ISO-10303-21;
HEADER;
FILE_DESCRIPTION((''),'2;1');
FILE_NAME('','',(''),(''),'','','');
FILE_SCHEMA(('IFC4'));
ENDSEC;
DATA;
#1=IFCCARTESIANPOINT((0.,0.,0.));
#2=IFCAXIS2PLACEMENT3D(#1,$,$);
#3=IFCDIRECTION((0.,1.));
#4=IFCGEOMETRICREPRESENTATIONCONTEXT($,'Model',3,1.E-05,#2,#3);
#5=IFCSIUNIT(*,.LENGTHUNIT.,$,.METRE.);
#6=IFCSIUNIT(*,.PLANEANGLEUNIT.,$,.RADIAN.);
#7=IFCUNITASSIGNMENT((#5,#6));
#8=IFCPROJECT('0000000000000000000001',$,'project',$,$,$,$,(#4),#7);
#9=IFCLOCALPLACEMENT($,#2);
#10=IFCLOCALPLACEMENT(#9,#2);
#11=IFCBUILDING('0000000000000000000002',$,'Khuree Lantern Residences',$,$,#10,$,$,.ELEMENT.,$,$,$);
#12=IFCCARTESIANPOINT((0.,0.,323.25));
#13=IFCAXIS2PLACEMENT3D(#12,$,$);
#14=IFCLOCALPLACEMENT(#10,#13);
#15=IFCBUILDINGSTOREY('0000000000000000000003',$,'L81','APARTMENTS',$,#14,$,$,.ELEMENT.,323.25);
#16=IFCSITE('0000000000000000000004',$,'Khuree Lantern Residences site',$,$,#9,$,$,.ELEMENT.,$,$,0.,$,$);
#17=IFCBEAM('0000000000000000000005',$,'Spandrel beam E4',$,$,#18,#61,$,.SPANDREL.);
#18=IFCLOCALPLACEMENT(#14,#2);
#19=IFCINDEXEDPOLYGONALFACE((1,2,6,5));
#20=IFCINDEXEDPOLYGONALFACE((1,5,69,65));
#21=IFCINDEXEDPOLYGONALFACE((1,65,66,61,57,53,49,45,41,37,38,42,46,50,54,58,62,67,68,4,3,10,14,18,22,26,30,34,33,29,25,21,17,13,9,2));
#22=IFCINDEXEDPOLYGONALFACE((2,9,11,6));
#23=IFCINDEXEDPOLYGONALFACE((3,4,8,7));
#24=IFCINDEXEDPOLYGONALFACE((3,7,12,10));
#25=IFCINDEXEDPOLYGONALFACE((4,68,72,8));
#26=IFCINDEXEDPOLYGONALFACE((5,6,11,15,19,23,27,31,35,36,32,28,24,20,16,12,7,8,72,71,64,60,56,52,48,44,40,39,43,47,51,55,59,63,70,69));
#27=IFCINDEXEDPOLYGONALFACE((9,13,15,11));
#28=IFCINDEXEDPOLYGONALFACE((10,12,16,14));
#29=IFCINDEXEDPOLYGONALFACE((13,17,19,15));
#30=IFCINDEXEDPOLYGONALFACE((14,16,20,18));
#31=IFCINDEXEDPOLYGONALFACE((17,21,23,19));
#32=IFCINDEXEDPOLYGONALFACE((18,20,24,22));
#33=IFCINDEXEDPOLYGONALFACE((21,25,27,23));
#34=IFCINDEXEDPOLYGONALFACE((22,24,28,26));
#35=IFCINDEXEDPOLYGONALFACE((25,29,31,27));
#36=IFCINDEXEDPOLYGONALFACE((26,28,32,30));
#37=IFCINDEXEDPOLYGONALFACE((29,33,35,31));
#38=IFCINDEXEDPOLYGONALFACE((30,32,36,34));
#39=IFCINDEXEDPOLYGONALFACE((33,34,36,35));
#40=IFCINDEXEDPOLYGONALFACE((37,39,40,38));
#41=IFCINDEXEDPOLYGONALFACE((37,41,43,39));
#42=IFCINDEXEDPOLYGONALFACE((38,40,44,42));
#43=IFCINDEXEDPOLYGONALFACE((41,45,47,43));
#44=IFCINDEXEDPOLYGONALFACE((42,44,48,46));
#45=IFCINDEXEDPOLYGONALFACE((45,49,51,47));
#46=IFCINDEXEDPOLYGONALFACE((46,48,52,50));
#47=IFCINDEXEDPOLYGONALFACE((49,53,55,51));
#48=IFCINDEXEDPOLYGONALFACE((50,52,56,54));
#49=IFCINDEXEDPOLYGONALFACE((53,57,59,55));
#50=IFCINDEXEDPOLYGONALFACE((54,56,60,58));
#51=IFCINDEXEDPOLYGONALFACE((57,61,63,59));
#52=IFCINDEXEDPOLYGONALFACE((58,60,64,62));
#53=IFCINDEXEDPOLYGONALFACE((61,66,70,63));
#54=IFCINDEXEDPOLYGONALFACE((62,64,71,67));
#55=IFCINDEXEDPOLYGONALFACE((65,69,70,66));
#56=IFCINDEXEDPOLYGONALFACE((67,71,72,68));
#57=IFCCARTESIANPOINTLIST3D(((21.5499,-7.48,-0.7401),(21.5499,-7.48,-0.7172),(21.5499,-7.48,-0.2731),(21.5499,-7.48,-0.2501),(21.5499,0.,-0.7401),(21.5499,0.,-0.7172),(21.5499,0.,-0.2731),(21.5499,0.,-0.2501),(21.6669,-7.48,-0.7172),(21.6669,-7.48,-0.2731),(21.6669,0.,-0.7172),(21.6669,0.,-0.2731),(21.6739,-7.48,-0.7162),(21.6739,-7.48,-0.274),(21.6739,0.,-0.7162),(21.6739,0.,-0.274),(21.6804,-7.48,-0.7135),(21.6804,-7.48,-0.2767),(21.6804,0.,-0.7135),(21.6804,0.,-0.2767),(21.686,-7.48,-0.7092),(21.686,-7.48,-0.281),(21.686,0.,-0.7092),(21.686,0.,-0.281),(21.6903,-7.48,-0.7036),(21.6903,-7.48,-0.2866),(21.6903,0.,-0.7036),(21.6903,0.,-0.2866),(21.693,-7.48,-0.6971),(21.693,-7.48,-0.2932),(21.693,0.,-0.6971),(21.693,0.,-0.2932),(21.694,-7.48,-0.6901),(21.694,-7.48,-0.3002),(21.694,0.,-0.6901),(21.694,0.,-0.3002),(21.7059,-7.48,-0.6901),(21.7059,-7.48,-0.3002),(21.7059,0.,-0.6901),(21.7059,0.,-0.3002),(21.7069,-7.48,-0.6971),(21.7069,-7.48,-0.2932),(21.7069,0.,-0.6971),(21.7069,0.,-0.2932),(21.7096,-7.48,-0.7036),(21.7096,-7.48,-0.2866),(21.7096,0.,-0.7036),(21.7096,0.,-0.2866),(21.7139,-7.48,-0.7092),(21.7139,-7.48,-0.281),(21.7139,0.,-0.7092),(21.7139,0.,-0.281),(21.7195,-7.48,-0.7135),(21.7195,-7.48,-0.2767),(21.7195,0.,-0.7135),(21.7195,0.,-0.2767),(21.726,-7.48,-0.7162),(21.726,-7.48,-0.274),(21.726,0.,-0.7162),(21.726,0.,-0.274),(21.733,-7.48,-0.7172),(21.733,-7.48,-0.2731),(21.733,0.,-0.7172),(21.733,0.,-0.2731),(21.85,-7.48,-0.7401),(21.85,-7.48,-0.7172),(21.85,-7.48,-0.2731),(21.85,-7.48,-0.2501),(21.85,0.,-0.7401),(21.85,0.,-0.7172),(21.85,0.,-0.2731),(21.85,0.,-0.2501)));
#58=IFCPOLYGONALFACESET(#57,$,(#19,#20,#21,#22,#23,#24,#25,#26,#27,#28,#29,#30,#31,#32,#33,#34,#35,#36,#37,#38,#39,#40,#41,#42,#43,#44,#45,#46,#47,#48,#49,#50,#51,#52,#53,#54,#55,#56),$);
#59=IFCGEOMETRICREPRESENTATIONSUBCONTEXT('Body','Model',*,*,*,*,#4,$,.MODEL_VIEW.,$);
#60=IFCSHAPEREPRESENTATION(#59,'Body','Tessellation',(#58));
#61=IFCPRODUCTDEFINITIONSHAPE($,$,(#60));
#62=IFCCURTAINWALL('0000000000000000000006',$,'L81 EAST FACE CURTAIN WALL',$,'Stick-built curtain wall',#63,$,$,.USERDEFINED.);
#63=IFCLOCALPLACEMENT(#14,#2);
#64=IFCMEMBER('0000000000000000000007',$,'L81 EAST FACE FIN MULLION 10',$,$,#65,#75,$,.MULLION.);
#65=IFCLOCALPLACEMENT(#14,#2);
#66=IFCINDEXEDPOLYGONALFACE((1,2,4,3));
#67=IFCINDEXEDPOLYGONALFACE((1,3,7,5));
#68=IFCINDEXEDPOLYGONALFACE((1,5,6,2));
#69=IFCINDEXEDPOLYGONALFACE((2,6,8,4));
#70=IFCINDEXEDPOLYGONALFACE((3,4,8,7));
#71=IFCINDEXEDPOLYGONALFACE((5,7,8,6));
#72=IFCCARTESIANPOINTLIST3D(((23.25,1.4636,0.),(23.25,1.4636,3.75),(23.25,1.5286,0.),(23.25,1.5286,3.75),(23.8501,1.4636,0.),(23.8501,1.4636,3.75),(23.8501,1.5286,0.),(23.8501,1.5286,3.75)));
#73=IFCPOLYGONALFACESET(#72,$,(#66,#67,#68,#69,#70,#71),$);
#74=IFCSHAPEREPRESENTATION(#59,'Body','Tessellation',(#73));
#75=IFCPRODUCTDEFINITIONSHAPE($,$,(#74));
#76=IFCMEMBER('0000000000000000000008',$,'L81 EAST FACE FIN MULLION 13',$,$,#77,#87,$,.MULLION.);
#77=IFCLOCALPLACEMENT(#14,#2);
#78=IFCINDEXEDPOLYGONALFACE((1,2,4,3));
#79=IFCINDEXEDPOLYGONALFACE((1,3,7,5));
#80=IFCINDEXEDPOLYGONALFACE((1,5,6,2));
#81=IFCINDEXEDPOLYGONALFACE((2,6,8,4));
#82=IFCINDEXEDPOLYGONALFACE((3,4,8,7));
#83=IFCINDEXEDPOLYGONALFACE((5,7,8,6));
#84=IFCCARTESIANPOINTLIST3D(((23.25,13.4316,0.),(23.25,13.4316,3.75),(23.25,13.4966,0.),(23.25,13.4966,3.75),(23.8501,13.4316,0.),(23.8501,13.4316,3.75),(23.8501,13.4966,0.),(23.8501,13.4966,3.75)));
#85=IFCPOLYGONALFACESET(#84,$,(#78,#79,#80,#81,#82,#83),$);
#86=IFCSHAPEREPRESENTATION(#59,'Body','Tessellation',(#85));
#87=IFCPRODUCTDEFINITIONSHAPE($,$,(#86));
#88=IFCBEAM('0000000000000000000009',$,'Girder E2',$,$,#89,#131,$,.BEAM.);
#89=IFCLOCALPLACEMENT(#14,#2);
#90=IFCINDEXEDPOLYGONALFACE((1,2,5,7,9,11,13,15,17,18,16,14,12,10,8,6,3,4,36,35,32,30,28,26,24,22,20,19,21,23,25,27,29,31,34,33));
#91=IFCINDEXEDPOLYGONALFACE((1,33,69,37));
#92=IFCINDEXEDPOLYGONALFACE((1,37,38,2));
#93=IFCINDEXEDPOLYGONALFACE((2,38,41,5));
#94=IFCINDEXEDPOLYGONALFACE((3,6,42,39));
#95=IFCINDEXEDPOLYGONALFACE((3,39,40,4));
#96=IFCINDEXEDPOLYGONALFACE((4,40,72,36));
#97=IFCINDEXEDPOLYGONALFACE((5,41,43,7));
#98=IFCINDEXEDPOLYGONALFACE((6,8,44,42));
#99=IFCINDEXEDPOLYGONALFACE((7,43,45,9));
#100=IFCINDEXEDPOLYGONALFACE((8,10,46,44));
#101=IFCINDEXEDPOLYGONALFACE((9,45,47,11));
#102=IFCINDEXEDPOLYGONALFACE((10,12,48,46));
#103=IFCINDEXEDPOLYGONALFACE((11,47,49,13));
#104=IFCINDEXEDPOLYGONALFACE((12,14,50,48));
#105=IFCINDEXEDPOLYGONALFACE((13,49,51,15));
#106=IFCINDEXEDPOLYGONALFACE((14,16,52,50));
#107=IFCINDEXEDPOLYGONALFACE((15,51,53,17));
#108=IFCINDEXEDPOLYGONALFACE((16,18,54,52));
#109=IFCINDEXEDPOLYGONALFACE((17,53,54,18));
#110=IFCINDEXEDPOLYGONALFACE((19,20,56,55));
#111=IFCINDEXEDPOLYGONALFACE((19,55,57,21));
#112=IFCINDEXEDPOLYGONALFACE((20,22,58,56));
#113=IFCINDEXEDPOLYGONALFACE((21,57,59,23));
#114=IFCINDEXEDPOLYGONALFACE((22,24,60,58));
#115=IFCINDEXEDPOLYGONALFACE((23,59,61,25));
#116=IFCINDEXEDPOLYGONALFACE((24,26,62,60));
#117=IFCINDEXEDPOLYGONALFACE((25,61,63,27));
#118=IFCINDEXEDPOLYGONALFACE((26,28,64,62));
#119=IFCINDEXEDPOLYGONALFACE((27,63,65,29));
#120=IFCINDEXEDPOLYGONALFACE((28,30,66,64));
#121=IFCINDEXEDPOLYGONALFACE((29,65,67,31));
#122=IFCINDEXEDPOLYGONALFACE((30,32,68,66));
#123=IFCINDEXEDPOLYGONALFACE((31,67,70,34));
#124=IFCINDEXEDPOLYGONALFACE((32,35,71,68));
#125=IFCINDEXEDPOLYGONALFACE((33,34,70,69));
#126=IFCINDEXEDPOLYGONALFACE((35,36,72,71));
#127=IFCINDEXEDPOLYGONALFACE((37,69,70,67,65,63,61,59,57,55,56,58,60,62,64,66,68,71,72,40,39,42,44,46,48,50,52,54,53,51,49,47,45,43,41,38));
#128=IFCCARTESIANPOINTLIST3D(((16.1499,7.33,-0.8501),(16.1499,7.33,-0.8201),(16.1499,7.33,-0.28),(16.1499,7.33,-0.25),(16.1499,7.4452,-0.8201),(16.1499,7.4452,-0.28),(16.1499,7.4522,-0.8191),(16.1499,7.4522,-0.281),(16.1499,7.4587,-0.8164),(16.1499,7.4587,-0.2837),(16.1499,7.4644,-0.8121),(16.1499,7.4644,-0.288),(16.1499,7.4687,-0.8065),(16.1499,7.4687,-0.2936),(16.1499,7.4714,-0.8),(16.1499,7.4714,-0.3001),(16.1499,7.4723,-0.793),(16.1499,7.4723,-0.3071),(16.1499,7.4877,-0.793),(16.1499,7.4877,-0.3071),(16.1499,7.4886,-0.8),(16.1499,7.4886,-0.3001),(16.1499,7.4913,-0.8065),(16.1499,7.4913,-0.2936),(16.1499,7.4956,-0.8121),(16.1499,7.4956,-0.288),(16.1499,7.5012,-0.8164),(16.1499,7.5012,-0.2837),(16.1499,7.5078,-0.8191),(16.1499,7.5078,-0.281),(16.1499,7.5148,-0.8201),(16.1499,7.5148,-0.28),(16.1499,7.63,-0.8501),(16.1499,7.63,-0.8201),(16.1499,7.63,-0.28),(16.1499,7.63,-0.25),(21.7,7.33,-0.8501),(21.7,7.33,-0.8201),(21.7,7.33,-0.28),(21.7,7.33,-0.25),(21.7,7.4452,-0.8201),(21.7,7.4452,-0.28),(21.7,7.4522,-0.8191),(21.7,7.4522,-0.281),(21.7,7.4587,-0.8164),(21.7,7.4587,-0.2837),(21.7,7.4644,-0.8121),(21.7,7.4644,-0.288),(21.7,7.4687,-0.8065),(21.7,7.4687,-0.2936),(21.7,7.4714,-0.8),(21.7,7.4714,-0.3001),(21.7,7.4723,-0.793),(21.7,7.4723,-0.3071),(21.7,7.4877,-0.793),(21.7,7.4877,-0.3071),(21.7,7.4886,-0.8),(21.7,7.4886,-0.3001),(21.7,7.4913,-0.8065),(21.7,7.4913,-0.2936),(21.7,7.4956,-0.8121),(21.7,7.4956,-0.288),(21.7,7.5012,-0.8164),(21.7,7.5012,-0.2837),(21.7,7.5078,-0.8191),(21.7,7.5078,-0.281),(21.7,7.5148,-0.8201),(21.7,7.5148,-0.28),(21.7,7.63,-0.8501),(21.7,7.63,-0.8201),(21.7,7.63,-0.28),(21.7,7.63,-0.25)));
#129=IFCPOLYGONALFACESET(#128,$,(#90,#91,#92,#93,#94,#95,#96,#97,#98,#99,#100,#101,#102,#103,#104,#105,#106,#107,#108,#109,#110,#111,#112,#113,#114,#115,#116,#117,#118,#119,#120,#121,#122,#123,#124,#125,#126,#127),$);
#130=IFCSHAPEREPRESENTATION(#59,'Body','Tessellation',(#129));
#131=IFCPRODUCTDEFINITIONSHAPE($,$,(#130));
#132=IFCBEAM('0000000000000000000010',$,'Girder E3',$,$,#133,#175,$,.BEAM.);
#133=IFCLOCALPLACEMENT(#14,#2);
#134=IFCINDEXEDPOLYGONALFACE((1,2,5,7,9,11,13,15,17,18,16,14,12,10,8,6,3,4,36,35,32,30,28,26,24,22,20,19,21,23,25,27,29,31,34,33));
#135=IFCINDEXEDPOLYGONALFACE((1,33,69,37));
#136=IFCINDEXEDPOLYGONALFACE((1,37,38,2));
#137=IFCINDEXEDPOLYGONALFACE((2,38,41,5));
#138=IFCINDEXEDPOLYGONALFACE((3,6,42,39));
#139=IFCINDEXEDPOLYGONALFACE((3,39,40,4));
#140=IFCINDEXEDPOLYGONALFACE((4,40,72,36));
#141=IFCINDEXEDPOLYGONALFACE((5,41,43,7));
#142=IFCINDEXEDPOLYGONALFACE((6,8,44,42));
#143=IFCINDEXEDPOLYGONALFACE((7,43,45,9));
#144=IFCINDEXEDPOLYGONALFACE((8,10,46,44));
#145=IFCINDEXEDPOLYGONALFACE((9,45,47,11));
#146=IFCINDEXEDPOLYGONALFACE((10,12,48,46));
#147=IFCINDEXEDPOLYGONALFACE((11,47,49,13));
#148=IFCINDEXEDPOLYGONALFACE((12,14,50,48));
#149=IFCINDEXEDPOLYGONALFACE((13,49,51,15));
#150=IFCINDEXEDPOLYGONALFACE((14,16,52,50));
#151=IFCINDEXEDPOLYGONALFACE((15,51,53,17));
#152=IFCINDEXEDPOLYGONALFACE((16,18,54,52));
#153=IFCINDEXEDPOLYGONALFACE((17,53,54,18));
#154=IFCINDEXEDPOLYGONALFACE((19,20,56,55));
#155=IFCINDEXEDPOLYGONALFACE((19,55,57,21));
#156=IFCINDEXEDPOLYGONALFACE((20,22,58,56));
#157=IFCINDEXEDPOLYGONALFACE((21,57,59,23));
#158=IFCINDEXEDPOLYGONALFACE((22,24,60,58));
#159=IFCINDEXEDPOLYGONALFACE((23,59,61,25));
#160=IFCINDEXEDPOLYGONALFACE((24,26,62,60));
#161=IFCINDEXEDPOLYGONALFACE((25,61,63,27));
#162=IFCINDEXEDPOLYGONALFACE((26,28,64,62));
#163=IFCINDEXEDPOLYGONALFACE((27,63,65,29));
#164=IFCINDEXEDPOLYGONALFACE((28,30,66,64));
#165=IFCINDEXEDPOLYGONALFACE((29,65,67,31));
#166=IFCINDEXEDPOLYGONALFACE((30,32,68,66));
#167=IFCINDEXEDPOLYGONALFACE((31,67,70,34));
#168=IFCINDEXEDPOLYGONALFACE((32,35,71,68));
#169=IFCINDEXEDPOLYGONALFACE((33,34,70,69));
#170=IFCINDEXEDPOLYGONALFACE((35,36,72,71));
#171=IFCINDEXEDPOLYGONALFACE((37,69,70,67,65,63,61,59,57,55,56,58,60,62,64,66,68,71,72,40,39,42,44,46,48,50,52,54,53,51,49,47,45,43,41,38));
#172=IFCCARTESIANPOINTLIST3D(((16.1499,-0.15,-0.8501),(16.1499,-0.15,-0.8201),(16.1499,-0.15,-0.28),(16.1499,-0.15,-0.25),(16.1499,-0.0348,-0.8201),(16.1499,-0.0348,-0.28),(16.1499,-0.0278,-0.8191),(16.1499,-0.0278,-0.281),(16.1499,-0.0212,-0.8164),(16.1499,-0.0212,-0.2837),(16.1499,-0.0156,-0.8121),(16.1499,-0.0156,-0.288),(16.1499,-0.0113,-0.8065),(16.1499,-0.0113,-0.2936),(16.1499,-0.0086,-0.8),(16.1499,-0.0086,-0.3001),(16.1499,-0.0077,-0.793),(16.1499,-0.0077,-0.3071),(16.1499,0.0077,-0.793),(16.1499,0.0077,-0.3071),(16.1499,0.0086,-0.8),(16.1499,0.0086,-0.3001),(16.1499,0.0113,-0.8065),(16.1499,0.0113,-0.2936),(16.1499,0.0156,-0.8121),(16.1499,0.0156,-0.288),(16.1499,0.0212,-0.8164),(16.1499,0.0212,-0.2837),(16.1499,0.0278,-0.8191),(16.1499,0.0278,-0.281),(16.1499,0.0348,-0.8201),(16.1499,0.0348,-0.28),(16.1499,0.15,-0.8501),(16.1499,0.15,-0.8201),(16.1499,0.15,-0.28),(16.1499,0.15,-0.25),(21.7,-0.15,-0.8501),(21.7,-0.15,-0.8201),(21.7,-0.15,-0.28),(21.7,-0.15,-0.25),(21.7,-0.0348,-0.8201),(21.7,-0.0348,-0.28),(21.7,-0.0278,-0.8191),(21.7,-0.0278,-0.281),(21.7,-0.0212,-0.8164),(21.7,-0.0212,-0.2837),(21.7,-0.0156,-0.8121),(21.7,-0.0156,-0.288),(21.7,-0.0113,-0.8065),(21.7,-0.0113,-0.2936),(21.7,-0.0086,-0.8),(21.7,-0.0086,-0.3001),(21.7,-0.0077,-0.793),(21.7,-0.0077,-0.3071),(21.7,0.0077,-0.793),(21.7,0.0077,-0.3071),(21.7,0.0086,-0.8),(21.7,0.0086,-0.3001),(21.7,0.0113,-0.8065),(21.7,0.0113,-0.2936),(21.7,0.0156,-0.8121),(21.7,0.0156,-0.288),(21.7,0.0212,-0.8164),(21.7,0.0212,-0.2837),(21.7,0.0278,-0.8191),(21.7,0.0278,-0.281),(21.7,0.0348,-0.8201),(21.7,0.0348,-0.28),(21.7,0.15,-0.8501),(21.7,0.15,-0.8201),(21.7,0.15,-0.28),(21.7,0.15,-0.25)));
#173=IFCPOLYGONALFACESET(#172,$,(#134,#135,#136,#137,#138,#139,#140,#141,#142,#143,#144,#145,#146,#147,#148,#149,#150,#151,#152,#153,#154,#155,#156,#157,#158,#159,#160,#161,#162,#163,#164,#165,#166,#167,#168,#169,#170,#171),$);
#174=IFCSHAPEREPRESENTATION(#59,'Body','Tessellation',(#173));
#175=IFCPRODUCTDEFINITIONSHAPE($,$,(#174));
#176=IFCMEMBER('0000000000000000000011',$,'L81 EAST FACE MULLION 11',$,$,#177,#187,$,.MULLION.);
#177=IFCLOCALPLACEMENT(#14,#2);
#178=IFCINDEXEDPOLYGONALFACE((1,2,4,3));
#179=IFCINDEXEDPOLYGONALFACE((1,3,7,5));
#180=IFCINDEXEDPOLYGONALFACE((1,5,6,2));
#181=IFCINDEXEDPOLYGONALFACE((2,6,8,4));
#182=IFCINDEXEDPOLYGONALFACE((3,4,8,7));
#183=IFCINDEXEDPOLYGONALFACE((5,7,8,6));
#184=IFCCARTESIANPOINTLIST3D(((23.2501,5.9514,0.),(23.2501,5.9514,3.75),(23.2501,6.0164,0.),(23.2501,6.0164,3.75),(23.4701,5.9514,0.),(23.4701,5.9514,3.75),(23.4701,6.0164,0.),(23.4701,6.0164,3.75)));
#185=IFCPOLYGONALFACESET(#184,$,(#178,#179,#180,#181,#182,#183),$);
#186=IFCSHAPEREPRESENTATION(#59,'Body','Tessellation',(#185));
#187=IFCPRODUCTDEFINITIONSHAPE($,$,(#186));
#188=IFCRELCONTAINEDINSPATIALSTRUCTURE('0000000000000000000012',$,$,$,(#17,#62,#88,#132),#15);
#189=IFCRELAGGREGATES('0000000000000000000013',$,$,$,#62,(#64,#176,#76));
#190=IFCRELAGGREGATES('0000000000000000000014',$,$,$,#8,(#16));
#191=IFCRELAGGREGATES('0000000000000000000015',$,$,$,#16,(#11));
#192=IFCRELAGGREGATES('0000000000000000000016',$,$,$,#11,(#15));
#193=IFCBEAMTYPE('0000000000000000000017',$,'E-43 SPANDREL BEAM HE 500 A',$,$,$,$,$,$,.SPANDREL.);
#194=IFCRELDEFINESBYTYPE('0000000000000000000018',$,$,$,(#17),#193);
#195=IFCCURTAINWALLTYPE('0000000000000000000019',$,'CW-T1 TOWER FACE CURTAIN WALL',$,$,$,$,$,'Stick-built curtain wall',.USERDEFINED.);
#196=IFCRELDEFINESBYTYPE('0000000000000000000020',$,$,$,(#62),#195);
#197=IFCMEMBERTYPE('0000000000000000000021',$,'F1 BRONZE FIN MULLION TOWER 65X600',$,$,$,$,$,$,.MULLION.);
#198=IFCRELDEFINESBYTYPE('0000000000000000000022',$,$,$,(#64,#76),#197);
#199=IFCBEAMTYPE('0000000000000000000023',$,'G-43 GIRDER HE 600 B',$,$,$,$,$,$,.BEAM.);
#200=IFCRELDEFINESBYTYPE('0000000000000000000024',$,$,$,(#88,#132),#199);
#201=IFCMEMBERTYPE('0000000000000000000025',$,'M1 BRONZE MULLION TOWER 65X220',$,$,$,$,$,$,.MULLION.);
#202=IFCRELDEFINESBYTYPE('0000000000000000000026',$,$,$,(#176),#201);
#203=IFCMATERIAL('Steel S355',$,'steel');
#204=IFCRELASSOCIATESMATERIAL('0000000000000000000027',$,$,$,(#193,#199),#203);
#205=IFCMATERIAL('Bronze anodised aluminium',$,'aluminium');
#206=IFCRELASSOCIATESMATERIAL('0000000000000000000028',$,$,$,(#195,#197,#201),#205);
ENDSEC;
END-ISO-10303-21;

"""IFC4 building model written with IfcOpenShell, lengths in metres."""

from ifc_helpers import new_model, si_unit, direction, frame, origin, origin_2d, place, context, subcontext, project, spatial, rectangle, i_section, extrude, material, material_profile, profile_set, type_object, element, aggregate, save


model = new_model("IFC4")

# Units and contexts
model_context = context("Model", 3, precision=1e-05, world=origin(), true_north=direction((0.0, 1.0)))
body_context = subcontext(model_context, "Body", "Model", "MODEL_VIEW")
ifc_project = project(units=[si_unit("LENGTHUNIT", "METRE"), si_unit("PLANEANGLEUNIT", "RADIAN")], contexts=[model_context])

# Site, building, storey
site_placement = place(None, origin())
site = spatial("IfcSite", under=ifc_project, at=site_placement, Name="Khuree Lantern Residences site", CompositionType="ELEMENT", RefElevation=0.0)
building_placement = place(site_placement, origin())
building = spatial("IfcBuilding", under=site, at=building_placement, Name="Khuree Lantern Residences", CompositionType="ELEMENT")
storey_placement = place(building_placement, frame((0.0, 0.0, 323.25)))
storey = spatial("IfcBuildingStorey", under=building, at=storey_placement, Name="L81", Description="APARTMENTS", CompositionType="ELEMENT", Elevation=323.25)

# Beam
ifc_material_1 = material(Name="Steel S355", Category="steel")
ifc_material_profile_1 = material_profile(ifc_material_1, i_section(OverallWidth=0.3, OverallDepth=0.49, WebThickness=0.012, FlangeThickness=0.0229, FilletRadius=0.0271, at=origin_2d()), Name="HE 500 A")
ifc_profile_set_1 = profile_set([ifc_material_profile_1], Name="Steel S355")
beam_type_1 = type_object("IfcBeamType", Name="E-43 SPANDREL BEAM HE 500 A", PredefinedType="SPANDREL", material=ifc_profile_set_1)
for number, where, z_axis, x_axis, name in (
    (1, (21.7, 0.0, -0.4951), (0.0, -1.0, 0.0), (1.0, 0.0, 0.0), "Spandrel beam E4"),
):
    element("IfcBeam", number, at=place(storey_placement, frame(where, z_axis=z_axis, x_axis=x_axis)), inside=storey, type_object=beam_type_1, Name=name, PredefinedType="SPANDREL", context=body_context, shape_type="SweptSolid", body=[
        extrude(i_section(OverallWidth=0.3, OverallDepth=0.49, WebThickness=0.012, FlangeThickness=0.0229, FilletRadius=0.0271, at=origin_2d()), origin(), (0.0, 0.0, 1.0), 7.48),
    ])

# Curtain wall, members
ifc_material_2 = material(Name="Bronze anodised aluminium", Category="aluminium")
curtain_wall_type = type_object("IfcCurtainWallType", Name="CW-T1 TOWER FACE CURTAIN WALL", ElementType="Stick-built curtain wall", PredefinedType="USERDEFINED", material=ifc_material_2)
curtain_wall_placement = place(storey_placement, origin())
curtain_wall = element("IfcCurtainWall", 2, at=curtain_wall_placement, inside=storey, type_object=curtain_wall_type, Name="L81 EAST FACE CURTAIN WALL", ObjectType="Stick-built curtain wall", PredefinedType="USERDEFINED")
ifc_material_profile_2 = material_profile(ifc_material_2, rectangle(XDim=0.0649, YDim=0.6001, at=origin_2d()), Name="F1 65X600")
ifc_profile_set_2 = profile_set([ifc_material_profile_2], Name="Bronze anodised aluminium")
member_type_1 = type_object("IfcMemberType", Name="F1 BRONZE FIN MULLION TOWER 65X600", PredefinedType="MULLION", material=ifc_profile_set_2)
member_1_placement = place(storey_placement, frame((23.55, 1.4961, 0.0), z_axis=(0.0, 0.0, 1.0), x_axis=(0.0, 1.0, 0.0)))
member_1 = element("IfcMember", 3, at=member_1_placement, type_object=member_type_1, Name="L81 EAST FACE FIN MULLION 10", PredefinedType="MULLION", context=body_context, shape_type="SweptSolid", body=[
    extrude(rectangle(XDim=0.0649, YDim=0.6001, at=origin_2d()), origin(), (0.0, 0.0, 1.0), 3.75),
])
member_2_placement = place(storey_placement, frame((23.55, 13.4641, 0.0), z_axis=(0.0, 0.0, 1.0), x_axis=(0.0, 1.0, 0.0)))
member_2 = element("IfcMember", 4, at=member_2_placement, type_object=member_type_1, Name="L81 EAST FACE FIN MULLION 13", PredefinedType="MULLION", context=body_context, shape_type="SweptSolid", body=[
    extrude(rectangle(XDim=0.0649, YDim=0.6001, at=origin_2d()), origin(), (0.0, 0.0, 1.0), 3.75),
])

# Beams
ifc_material_profile_3 = material_profile(ifc_material_1, i_section(OverallWidth=0.3, OverallDepth=0.6001, WebThickness=0.0154, FlangeThickness=0.03, FilletRadius=0.0271, at=origin_2d()), Name="HE 600 B")
ifc_profile_set_3 = profile_set([ifc_material_profile_3], Name="Steel S355")
beam_type_2 = type_object("IfcBeamType", Name="G-43 GIRDER HE 600 B", PredefinedType="BEAM", material=ifc_profile_set_3)
for number, where, z_axis, x_axis, name in (
    (5, (21.7, 7.48, -0.55), (-1.0, 0.0, 0.0), (0.0, -1.0, 0.0), "Girder E2"),
    (6, (21.7, 0.0, -0.55), (-1.0, 0.0, 0.0), (0.0, -1.0, 0.0), "Girder E3"),
):
    element("IfcBeam", number, at=place(storey_placement, frame(where, z_axis=z_axis, x_axis=x_axis)), inside=storey, type_object=beam_type_2, Name=name, PredefinedType="BEAM", context=body_context, shape_type="SweptSolid", body=[
        extrude(i_section(OverallWidth=0.3, OverallDepth=0.6001, WebThickness=0.0154, FlangeThickness=0.03, FilletRadius=0.0271, at=origin_2d()), origin(), (0.0, 0.0, 1.0), 5.55),
    ])

# Member
ifc_material_profile_4 = material_profile(ifc_material_2, rectangle(XDim=0.0649, YDim=0.22, at=origin_2d()), Name="M1 65X220")
ifc_profile_set_4 = profile_set([ifc_material_profile_4], Name="Bronze anodised aluminium")
member_type_2 = type_object("IfcMemberType", Name="M1 BRONZE MULLION TOWER 65X220", PredefinedType="MULLION", material=ifc_profile_set_4)
member_3_placement = place(storey_placement, frame((23.3601, 5.9839, 0.0), z_axis=(0.0, 0.0, 1.0), x_axis=(0.0, 1.0, 0.0)))
member_3 = element("IfcMember", 7, at=member_3_placement, type_object=member_type_2, Name="L81 EAST FACE MULLION 11", PredefinedType="MULLION", context=body_context, shape_type="SweptSolid", body=[
    extrude(rectangle(XDim=0.0649, YDim=0.22, at=origin_2d()), origin(), (0.0, 0.0, 1.0), 3.75),
])

aggregate(curtain_wall, [member_1, member_3, member_2])

save(model, "model.ifc")
